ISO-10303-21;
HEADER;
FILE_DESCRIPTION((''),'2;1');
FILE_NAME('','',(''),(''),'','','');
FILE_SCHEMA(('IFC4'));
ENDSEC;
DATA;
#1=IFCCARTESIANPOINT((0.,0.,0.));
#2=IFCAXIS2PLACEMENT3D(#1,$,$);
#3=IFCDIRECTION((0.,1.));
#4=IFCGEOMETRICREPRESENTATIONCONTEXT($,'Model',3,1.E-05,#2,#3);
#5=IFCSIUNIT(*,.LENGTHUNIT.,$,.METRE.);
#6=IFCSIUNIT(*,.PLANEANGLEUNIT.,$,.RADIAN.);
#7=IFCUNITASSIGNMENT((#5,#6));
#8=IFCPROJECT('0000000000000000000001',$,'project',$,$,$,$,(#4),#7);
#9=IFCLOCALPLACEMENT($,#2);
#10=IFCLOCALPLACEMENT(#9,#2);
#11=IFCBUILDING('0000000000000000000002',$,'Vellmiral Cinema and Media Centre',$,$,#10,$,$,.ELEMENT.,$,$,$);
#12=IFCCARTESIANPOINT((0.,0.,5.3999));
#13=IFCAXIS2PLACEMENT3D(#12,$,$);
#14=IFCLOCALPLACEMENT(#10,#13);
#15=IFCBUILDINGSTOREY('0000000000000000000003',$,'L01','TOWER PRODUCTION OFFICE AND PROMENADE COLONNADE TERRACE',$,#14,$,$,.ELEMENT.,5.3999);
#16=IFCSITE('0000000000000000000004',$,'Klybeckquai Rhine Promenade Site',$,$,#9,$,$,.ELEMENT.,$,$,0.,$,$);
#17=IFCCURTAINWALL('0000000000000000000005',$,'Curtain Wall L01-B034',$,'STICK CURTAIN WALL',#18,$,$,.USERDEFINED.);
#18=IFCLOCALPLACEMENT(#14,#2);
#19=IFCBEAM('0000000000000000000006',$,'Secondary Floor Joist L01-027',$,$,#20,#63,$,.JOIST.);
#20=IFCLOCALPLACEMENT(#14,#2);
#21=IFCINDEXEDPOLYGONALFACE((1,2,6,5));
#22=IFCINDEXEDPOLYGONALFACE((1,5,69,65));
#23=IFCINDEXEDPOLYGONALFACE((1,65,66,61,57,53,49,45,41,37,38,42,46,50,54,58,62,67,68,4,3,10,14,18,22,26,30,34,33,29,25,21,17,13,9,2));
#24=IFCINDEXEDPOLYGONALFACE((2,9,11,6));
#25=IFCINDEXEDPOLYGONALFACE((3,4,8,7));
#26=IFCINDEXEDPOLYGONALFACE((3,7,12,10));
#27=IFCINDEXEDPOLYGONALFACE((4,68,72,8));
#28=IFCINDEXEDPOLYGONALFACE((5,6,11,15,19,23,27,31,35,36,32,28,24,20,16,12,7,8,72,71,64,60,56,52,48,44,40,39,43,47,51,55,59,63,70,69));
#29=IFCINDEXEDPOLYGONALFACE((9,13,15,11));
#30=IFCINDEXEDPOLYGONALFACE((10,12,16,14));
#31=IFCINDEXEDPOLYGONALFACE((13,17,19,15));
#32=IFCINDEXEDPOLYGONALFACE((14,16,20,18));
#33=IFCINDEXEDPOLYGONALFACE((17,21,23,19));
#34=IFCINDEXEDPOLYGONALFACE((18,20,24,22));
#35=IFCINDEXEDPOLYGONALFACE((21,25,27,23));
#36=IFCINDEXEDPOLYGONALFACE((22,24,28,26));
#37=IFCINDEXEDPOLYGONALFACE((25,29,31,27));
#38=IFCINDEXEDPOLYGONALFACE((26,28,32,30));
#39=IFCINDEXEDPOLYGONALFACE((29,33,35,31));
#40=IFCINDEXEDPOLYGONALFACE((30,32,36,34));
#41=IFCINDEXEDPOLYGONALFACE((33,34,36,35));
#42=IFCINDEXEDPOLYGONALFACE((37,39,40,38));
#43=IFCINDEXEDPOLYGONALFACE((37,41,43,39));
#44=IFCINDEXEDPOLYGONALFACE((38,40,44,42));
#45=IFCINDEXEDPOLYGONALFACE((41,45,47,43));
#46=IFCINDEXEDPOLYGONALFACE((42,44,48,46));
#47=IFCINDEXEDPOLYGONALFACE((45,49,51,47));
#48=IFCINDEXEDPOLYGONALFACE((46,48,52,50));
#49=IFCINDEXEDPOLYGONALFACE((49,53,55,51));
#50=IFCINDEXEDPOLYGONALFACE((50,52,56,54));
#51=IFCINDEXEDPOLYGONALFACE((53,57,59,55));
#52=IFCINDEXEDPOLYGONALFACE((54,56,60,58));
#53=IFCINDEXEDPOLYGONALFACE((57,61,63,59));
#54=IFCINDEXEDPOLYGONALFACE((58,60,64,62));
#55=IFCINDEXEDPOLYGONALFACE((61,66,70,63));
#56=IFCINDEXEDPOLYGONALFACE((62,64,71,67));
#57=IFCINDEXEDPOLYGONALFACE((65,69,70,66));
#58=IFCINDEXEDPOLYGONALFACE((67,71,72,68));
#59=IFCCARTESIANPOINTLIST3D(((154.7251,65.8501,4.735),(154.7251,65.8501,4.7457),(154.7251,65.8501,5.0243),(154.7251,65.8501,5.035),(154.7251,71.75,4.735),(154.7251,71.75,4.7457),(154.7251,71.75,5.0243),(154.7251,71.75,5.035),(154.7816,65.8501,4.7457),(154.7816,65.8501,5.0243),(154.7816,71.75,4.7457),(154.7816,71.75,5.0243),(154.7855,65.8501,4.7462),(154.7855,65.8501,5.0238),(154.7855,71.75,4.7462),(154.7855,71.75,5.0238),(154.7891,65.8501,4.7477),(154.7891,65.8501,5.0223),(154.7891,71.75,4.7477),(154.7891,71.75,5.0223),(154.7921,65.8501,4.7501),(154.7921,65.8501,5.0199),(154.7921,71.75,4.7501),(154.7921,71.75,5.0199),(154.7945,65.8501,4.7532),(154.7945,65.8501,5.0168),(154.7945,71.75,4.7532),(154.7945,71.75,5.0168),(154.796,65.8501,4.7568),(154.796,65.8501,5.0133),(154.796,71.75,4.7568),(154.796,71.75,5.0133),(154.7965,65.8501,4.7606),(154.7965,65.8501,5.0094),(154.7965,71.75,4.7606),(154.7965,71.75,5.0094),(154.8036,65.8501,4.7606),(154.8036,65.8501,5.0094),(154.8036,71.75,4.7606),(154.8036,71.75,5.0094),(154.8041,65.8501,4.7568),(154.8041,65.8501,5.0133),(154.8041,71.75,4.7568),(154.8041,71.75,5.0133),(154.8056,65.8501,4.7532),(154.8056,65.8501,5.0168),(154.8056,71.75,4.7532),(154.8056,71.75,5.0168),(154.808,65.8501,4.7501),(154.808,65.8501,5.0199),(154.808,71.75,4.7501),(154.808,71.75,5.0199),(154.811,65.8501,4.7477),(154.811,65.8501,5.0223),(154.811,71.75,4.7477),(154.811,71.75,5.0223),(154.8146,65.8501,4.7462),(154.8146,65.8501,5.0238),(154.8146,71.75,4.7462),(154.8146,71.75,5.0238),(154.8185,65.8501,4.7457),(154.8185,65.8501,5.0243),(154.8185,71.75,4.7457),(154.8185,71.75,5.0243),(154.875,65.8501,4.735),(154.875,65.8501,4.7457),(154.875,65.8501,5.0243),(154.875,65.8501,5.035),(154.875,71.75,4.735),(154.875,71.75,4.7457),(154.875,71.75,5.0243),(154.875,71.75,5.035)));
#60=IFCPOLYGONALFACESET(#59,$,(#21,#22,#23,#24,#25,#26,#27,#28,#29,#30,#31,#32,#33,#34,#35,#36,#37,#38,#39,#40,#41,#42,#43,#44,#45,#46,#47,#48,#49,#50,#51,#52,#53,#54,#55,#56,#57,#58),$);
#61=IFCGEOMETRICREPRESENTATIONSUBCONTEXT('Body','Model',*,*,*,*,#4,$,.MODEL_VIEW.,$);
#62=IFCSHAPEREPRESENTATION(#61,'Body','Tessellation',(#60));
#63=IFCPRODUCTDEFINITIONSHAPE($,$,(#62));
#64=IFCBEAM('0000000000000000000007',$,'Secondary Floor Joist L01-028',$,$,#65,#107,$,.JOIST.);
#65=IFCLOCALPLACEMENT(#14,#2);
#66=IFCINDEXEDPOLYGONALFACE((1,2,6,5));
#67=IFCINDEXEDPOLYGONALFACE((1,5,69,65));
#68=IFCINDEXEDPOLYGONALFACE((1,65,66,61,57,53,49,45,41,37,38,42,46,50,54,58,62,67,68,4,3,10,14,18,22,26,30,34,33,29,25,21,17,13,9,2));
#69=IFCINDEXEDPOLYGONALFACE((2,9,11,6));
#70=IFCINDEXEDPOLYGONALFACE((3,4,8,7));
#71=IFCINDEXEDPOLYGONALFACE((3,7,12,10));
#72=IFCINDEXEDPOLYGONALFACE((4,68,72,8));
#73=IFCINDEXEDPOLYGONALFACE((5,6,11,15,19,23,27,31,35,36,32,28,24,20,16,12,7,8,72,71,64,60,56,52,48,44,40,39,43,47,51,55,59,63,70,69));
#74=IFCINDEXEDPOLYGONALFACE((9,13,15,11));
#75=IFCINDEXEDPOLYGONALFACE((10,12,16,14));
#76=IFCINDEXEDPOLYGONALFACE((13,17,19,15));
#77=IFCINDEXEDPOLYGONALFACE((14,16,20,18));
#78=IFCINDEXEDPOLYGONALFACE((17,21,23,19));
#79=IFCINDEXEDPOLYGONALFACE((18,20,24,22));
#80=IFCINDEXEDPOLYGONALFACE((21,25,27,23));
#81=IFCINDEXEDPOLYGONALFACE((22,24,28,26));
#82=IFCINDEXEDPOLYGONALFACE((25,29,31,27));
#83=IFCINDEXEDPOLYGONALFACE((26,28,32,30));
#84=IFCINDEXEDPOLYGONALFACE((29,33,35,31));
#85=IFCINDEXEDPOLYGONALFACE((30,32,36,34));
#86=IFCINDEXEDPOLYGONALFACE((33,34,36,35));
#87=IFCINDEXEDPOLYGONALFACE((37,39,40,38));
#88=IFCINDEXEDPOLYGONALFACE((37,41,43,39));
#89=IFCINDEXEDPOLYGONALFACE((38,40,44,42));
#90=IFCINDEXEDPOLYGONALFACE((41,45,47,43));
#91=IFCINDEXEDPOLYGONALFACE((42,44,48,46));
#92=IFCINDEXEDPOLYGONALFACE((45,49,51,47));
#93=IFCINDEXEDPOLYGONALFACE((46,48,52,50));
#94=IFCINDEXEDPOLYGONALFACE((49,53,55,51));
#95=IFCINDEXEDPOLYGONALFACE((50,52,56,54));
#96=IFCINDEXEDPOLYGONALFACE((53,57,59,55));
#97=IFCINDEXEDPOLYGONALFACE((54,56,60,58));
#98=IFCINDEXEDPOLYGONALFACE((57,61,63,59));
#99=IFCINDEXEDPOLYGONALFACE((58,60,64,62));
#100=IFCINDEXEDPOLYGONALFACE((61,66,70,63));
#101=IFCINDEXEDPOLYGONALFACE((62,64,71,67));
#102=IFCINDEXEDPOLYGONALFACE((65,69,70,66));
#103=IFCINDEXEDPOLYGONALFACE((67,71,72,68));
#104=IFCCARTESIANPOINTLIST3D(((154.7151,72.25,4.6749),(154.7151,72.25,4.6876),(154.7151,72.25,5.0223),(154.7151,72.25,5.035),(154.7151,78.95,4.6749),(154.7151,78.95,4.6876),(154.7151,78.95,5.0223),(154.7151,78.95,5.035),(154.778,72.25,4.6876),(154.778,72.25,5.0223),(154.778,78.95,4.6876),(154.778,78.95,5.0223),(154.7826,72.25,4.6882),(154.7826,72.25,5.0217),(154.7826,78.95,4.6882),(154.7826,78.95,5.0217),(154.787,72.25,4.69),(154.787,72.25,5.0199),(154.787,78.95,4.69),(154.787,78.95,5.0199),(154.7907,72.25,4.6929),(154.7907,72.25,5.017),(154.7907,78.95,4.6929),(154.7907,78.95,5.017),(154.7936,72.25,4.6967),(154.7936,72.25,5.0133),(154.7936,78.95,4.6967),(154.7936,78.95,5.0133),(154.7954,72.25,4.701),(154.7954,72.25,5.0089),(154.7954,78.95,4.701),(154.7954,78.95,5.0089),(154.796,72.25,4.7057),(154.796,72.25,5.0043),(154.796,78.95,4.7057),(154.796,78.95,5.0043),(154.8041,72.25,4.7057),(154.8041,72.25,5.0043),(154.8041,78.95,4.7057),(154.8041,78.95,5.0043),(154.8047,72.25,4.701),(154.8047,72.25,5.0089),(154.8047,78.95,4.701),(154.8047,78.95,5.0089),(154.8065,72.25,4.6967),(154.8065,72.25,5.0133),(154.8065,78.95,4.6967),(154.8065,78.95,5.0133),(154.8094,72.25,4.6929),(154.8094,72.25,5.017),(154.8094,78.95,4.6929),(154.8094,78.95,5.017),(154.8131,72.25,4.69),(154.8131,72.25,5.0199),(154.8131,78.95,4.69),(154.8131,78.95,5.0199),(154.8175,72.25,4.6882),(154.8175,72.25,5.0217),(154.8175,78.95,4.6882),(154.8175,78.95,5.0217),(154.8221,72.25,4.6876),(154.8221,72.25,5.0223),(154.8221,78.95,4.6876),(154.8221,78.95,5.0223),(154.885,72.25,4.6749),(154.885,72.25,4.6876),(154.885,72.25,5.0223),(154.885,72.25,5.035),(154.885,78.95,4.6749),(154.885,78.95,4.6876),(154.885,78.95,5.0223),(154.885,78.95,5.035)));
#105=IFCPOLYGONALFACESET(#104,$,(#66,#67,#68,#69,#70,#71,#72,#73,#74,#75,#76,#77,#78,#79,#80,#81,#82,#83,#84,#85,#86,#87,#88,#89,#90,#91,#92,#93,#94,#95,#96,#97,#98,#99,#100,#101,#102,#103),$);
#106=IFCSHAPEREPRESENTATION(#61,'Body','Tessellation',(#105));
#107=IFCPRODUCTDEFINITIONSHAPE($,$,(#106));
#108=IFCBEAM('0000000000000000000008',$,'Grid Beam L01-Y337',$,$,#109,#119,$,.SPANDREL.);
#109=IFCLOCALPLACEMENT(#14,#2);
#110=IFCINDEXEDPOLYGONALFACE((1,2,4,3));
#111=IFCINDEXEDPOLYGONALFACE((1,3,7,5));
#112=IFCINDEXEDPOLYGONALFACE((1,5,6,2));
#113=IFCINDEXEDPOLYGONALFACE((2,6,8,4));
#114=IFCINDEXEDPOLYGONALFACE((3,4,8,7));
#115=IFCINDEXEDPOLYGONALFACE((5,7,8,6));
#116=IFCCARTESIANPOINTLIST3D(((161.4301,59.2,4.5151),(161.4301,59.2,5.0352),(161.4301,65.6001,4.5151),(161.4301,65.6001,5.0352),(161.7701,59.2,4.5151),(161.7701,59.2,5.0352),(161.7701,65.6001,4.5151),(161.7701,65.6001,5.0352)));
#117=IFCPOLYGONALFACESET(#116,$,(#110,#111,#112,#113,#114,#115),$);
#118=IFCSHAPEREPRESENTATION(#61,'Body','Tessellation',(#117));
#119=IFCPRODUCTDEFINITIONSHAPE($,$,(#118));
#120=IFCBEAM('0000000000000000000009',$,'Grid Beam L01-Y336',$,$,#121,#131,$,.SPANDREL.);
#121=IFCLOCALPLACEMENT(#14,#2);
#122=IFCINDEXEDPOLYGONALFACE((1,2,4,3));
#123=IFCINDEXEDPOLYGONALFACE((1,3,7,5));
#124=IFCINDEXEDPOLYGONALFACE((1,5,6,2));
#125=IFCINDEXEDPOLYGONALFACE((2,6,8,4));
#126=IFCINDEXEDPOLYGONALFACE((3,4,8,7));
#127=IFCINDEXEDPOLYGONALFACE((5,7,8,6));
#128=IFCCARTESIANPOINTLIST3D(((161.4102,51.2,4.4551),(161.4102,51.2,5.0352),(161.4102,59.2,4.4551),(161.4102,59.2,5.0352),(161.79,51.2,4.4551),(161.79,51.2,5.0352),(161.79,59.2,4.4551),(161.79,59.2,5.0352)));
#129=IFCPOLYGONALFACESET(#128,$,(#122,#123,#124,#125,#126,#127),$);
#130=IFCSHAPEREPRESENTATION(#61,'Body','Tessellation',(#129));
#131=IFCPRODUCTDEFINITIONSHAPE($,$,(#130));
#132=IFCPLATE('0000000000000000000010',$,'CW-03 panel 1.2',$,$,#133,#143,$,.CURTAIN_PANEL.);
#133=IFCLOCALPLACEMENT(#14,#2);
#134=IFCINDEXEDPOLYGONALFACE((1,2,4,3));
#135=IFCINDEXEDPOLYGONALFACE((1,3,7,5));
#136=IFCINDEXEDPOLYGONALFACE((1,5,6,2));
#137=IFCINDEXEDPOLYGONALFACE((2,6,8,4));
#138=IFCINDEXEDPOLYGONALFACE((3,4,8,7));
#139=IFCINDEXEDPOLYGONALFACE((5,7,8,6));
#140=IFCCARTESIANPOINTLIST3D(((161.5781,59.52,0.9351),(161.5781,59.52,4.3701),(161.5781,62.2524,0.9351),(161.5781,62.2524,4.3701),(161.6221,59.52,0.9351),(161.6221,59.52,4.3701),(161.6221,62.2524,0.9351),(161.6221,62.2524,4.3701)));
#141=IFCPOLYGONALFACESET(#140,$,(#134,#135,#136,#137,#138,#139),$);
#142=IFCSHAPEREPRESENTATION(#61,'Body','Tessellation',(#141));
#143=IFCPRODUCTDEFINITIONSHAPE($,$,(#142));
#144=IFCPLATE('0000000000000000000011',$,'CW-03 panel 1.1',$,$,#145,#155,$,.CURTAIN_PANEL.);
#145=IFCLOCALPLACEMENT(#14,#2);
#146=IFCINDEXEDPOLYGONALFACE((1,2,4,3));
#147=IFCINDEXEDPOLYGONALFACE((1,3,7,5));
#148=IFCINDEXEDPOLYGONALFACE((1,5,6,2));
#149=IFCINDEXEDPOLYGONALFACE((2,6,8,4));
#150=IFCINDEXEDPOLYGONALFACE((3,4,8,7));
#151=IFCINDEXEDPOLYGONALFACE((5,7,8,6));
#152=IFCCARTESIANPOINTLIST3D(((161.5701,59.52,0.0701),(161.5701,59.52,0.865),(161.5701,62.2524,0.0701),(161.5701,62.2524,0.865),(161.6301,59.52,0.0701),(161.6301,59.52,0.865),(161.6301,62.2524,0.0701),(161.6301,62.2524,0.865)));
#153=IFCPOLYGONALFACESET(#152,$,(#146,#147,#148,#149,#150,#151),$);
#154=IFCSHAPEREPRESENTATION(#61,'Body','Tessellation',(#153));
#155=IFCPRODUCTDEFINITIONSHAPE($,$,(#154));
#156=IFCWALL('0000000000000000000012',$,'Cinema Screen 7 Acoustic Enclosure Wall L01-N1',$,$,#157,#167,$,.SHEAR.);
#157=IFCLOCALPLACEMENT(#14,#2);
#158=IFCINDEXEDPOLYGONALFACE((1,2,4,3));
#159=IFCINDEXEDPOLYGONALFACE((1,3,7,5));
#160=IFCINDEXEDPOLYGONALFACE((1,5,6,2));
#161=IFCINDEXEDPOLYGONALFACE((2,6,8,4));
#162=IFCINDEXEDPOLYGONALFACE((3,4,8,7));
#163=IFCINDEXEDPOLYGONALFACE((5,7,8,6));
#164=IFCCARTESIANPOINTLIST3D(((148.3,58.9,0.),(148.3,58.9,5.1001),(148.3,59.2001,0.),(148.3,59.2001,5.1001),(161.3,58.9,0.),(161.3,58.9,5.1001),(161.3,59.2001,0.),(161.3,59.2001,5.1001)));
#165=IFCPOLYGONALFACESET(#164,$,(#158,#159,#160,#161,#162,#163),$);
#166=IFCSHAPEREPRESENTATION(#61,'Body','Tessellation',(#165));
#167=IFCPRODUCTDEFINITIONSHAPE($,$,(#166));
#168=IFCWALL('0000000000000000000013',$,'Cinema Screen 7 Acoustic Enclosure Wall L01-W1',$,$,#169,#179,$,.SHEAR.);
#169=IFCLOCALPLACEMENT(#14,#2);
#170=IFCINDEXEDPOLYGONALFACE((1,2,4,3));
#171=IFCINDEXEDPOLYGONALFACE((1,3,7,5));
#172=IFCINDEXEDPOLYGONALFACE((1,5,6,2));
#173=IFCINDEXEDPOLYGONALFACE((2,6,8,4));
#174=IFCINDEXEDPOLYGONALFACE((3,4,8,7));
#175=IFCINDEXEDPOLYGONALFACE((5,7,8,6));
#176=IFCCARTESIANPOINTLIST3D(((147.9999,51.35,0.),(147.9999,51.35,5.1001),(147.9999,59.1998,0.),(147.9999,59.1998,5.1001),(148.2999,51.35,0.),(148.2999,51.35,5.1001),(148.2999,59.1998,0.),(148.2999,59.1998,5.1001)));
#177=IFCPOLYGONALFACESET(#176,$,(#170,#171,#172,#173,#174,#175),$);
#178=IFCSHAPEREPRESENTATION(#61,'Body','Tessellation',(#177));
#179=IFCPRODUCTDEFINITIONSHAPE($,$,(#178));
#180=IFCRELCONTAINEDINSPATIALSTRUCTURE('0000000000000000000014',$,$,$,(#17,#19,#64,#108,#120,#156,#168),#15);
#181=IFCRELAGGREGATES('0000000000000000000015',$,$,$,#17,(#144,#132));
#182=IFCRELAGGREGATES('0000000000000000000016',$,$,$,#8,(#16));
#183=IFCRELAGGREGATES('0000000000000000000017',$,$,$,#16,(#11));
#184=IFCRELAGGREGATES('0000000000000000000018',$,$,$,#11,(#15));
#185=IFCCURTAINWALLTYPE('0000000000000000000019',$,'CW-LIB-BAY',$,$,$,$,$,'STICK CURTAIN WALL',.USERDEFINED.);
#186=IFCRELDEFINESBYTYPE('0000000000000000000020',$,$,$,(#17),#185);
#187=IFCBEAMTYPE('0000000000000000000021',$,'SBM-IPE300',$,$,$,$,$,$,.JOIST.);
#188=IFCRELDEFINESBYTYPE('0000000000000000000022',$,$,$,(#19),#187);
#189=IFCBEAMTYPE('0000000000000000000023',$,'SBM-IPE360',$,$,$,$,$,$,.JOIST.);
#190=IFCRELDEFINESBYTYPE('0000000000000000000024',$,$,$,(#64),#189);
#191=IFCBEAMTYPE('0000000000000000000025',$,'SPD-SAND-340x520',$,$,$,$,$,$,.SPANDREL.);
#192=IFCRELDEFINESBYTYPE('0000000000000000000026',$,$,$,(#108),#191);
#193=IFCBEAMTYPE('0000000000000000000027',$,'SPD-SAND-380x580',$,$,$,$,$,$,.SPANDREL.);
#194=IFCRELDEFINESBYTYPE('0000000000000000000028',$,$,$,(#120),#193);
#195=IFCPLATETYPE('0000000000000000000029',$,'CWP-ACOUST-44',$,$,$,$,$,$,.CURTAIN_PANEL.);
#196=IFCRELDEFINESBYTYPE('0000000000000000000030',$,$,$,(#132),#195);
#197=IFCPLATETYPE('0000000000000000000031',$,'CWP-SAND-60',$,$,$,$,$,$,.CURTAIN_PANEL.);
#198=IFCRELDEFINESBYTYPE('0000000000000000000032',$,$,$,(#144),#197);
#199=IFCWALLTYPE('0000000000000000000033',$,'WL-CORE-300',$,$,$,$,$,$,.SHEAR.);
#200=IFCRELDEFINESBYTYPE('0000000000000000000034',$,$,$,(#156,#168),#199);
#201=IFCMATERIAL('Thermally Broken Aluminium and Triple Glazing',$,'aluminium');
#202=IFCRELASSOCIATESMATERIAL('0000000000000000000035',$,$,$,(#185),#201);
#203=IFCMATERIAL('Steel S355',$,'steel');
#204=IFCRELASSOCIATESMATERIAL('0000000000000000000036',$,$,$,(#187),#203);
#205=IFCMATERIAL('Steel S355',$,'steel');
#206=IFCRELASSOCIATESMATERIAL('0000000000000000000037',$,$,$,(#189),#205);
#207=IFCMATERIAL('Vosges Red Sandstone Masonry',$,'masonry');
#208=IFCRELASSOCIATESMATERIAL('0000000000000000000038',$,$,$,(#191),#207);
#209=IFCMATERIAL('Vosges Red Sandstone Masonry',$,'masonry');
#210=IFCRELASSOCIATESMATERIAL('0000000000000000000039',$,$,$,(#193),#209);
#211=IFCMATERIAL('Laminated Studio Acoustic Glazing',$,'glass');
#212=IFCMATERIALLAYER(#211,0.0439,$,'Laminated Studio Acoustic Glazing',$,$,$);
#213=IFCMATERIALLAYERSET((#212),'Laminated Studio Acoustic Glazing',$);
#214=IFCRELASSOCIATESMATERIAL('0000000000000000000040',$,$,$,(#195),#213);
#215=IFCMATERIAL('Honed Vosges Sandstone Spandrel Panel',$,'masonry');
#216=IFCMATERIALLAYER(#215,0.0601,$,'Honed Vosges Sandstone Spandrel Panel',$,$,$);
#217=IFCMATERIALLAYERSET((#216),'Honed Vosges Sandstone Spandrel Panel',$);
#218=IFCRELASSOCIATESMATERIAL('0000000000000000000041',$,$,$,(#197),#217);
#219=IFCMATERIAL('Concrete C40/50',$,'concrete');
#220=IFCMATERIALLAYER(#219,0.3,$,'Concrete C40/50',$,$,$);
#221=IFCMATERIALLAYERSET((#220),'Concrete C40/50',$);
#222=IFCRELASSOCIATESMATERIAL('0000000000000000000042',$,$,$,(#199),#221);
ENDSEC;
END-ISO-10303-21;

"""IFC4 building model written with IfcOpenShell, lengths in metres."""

from ifc_helpers import new_model, si_unit, direction, frame, frame_2d, origin, origin_2d, place, context, subcontext, project, spatial, rectangle, i_section, extrude, material, layer, layer_set, material_profile, profile_set, type_object, element, aggregate, save


model = new_model("IFC4")

# Units and contexts
model_context = context("Model", 3, precision=1e-05, world=origin(), true_north=direction((0.0, 1.0)))
body_context = subcontext(model_context, "Body", "Model", "MODEL_VIEW")
ifc_project = project(units=[si_unit("LENGTHUNIT", "METRE"), si_unit("PLANEANGLEUNIT", "RADIAN")], contexts=[model_context])

# Site, building, storey
site_placement = place(None, origin())
site = spatial("IfcSite", under=ifc_project, at=site_placement, Name="Klybeckquai Rhine Promenade Site", CompositionType="ELEMENT", RefElevation=0.0)
building_placement = place(site_placement, origin())
building = spatial("IfcBuilding", under=site, at=building_placement, Name="Vellmiral Cinema and Media Centre", CompositionType="ELEMENT")
storey_placement = place(building_placement, frame((0.0, 0.0, 5.3999)))
storey = spatial("IfcBuildingStorey", under=building, at=storey_placement, Name="L01", Description="TOWER PRODUCTION OFFICE AND PROMENADE COLONNADE TERRACE", CompositionType="ELEMENT", Elevation=5.3999)

# Curtain wall
ifc_material_1 = material(Name="Thermally Broken Aluminium and Triple Glazing", Category="aluminium")
curtain_wall_type = type_object("IfcCurtainWallType", Name="CW-LIB-BAY", ElementType="STICK CURTAIN WALL", PredefinedType="USERDEFINED", material=ifc_material_1)
curtain_wall_placement = place(storey_placement, origin())
curtain_wall = element("IfcCurtainWall", 1, at=curtain_wall_placement, inside=storey, type_object=curtain_wall_type, Name="Curtain Wall L01-B034", ObjectType="STICK CURTAIN WALL", PredefinedType="USERDEFINED")

# Beams
ifc_material_2 = material(Name="Steel S355", Category="steel")
ifc_material_profile_1 = material_profile(ifc_material_2, i_section(OverallWidth=0.1499, OverallDepth=0.3, WebThickness=0.0071, FlangeThickness=0.0107, FilletRadius=0.0149, at=origin_2d()), Name="IPE 300")
ifc_profile_set_1 = profile_set([ifc_material_profile_1], Name="Steel S355")
beam_type_1 = type_object("IfcBeamType", Name="SBM-IPE300", PredefinedType="JOIST", material=ifc_profile_set_1)
beam_1_placement = place(storey_placement, frame((154.8, 65.8501, 4.885), z_axis=(0.0, 1.0, 0.0), x_axis=(-1.0, 0.0, 0.0)))
element("IfcBeam", 2, at=beam_1_placement, inside=storey, type_object=beam_type_1, Name="Secondary Floor Joist L01-027", PredefinedType="JOIST", context=body_context, shape_type="SweptSolid", body=[
    extrude(i_section(OverallWidth=0.1499, OverallDepth=0.3, WebThickness=0.0071, FlangeThickness=0.0107, FilletRadius=0.0149, at=origin_2d()), origin(), (0.0, 0.0, 1.0), 5.8999),
])
ifc_material_3 = material(Name="Steel S355", Category="steel")
ifc_material_profile_2 = material_profile(ifc_material_3, i_section(OverallWidth=0.1699, OverallDepth=0.3601, WebThickness=0.0081, FlangeThickness=0.0127, FilletRadius=0.0181, at=origin_2d()), Name="IPE 360")
ifc_profile_set_2 = profile_set([ifc_material_profile_2], Name="Steel S355")
beam_type_2 = type_object("IfcBeamType", Name="SBM-IPE360", PredefinedType="JOIST", material=ifc_profile_set_2)
beam_2_placement = place(storey_placement, frame((154.8, 72.25, 4.855), z_axis=(0.0, 1.0, 0.0), x_axis=(-1.0, 0.0, 0.0)))
element("IfcBeam", 3, at=beam_2_placement, inside=storey, type_object=beam_type_2, Name="Secondary Floor Joist L01-028", PredefinedType="JOIST", context=body_context, shape_type="SweptSolid", body=[
    extrude(i_section(OverallWidth=0.1699, OverallDepth=0.3601, WebThickness=0.0081, FlangeThickness=0.0127, FilletRadius=0.0181, at=origin_2d()), origin(), (0.0, 0.0, 1.0), 6.7),
])
ifc_material_4 = material(Name="Vosges Red Sandstone Masonry", Category="masonry")
ifc_material_profile_3 = material_profile(ifc_material_4, rectangle(XDim=0.3401, YDim=0.52, at=origin_2d()), Name="SAND 340x520")
ifc_profile_set_3 = profile_set([ifc_material_profile_3], Name="Vosges Red Sandstone Masonry")
beam_type_3 = type_object("IfcBeamType", Name="SPD-SAND-340x520", PredefinedType="SPANDREL", material=ifc_profile_set_3)
beam_3_placement = place(storey_placement, frame((161.6001, 59.2, 4.7751), z_axis=(0.0, 1.0, 0.0), x_axis=(-1.0, 0.0, 0.0)))
element("IfcBeam", 4, at=beam_3_placement, inside=storey, type_object=beam_type_3, Name="Grid Beam L01-Y337", PredefinedType="SPANDREL", context=body_context, shape_type="SweptSolid", body=[
    extrude(rectangle(XDim=0.3401, YDim=0.52, at=origin_2d()), origin(), (0.0, 0.0, 1.0), 6.4001),
])
ifc_material_5 = material(Name="Vosges Red Sandstone Masonry", Category="masonry")
ifc_material_profile_4 = material_profile(ifc_material_5, rectangle(XDim=0.3799, YDim=0.5801, at=origin_2d()), Name="SAND 380x580")
ifc_profile_set_4 = profile_set([ifc_material_profile_4], Name="Vosges Red Sandstone Masonry")
beam_type_4 = type_object("IfcBeamType", Name="SPD-SAND-380x580", PredefinedType="SPANDREL", material=ifc_profile_set_4)
beam_4_placement = place(storey_placement, frame((161.6001, 51.2, 4.7451), z_axis=(0.0, 1.0, 0.0), x_axis=(-1.0, 0.0, 0.0)))
element("IfcBeam", 5, at=beam_4_placement, inside=storey, type_object=beam_type_4, Name="Grid Beam L01-Y336", PredefinedType="SPANDREL", context=body_context, shape_type="SweptSolid", body=[
    extrude(rectangle(XDim=0.3799, YDim=0.5801, at=origin_2d()), origin(), (0.0, 0.0, 1.0), 8.0),
])

# Plates
ifc_material_6 = material(Name="Laminated Studio Acoustic Glazing", Category="glass")
ifc_layer_1 = layer(ifc_material_6, 0.0439, Name="Laminated Studio Acoustic Glazing")
ifc_layer_set_1 = layer_set([ifc_layer_1], Name="Laminated Studio Acoustic Glazing")
plate_type_1 = type_object("IfcPlateType", Name="CWP-ACOUST-44", PredefinedType="CURTAIN_PANEL", material=ifc_layer_set_1)
plate_1_placement = place(storey_placement, frame((161.6001, 60.8862, 0.9351), z_axis=(0.0, 0.0, 1.0), x_axis=(0.0, 1.0, 0.0)))
plate_1 = element("IfcPlate", 6, at=plate_1_placement, type_object=plate_type_1, Name="CW-03 panel 1.2", PredefinedType="CURTAIN_PANEL", context=body_context, shape_type="SweptSolid", body=[
    extrude(rectangle(XDim=2.7324, YDim=0.0439, at=origin_2d()), origin(), (0.0, 0.0, 1.0), 3.4351),
])
ifc_material_7 = material(Name="Honed Vosges Sandstone Spandrel Panel", Category="masonry")
ifc_layer_2 = layer(ifc_material_7, 0.0601, Name="Honed Vosges Sandstone Spandrel Panel")
ifc_layer_set_2 = layer_set([ifc_layer_2], Name="Honed Vosges Sandstone Spandrel Panel")
plate_type_2 = type_object("IfcPlateType", Name="CWP-SAND-60", PredefinedType="CURTAIN_PANEL", material=ifc_layer_set_2)
plate_2_placement = place(storey_placement, frame((161.6001, 60.8862, 0.0701), z_axis=(0.0, 0.0, 1.0), x_axis=(0.0, 1.0, 0.0)))
plate_2 = element("IfcPlate", 7, at=plate_2_placement, type_object=plate_type_2, Name="CW-03 panel 1.1", PredefinedType="CURTAIN_PANEL", context=body_context, shape_type="SweptSolid", body=[
    extrude(rectangle(XDim=2.7324, YDim=0.0601, at=origin_2d()), origin(), (0.0, 0.0, 1.0), 0.7949),
])
aggregate(curtain_wall, [plate_2, plate_1])

# Walls
ifc_material_8 = material(Name="Concrete C40/50", Category="concrete")
ifc_layer_3 = layer(ifc_material_8, 0.3, Name="Concrete C40/50")
ifc_layer_set_3 = layer_set([ifc_layer_3], Name="Concrete C40/50")
wall_type_1 = type_object("IfcWallType", Name="WL-CORE-300", PredefinedType="SHEAR", material=ifc_layer_set_3)
wall_1_placement = place(storey_placement, frame((148.3, 59.05, 0.0), z_axis=(0.0, 0.0, 1.0), x_axis=(1.0, 0.0, 0.0)))
element("IfcWall", 8, at=wall_1_placement, inside=storey, type_object=wall_type_1, Name="Cinema Screen 7 Acoustic Enclosure Wall L01-N1", PredefinedType="SHEAR", context=body_context, shape_type="SweptSolid", body=[
    extrude(rectangle(XDim=13.0, YDim=0.3, at=frame_2d((6.5, 0.0))), origin(), (0.0, 0.0, 1.0), 5.1001),
])
wall_2_placement = place(storey_placement, frame((148.1499, 51.3501, 0.0), z_axis=(0.0, 0.0, 1.0), x_axis=(0.0, 1.0, 0.0)))
element("IfcWall", 9, at=wall_2_placement, inside=storey, type_object=wall_type_1, Name="Cinema Screen 7 Acoustic Enclosure Wall L01-W1", PredefinedType="SHEAR", context=body_context, shape_type="SweptSolid", body=[
    extrude(rectangle(XDim=7.8499, YDim=0.3, at=frame_2d((3.9248, 0.0))), origin(), (0.0, 0.0, 1.0), 5.1001),
])

save(model, "model.ifc")
